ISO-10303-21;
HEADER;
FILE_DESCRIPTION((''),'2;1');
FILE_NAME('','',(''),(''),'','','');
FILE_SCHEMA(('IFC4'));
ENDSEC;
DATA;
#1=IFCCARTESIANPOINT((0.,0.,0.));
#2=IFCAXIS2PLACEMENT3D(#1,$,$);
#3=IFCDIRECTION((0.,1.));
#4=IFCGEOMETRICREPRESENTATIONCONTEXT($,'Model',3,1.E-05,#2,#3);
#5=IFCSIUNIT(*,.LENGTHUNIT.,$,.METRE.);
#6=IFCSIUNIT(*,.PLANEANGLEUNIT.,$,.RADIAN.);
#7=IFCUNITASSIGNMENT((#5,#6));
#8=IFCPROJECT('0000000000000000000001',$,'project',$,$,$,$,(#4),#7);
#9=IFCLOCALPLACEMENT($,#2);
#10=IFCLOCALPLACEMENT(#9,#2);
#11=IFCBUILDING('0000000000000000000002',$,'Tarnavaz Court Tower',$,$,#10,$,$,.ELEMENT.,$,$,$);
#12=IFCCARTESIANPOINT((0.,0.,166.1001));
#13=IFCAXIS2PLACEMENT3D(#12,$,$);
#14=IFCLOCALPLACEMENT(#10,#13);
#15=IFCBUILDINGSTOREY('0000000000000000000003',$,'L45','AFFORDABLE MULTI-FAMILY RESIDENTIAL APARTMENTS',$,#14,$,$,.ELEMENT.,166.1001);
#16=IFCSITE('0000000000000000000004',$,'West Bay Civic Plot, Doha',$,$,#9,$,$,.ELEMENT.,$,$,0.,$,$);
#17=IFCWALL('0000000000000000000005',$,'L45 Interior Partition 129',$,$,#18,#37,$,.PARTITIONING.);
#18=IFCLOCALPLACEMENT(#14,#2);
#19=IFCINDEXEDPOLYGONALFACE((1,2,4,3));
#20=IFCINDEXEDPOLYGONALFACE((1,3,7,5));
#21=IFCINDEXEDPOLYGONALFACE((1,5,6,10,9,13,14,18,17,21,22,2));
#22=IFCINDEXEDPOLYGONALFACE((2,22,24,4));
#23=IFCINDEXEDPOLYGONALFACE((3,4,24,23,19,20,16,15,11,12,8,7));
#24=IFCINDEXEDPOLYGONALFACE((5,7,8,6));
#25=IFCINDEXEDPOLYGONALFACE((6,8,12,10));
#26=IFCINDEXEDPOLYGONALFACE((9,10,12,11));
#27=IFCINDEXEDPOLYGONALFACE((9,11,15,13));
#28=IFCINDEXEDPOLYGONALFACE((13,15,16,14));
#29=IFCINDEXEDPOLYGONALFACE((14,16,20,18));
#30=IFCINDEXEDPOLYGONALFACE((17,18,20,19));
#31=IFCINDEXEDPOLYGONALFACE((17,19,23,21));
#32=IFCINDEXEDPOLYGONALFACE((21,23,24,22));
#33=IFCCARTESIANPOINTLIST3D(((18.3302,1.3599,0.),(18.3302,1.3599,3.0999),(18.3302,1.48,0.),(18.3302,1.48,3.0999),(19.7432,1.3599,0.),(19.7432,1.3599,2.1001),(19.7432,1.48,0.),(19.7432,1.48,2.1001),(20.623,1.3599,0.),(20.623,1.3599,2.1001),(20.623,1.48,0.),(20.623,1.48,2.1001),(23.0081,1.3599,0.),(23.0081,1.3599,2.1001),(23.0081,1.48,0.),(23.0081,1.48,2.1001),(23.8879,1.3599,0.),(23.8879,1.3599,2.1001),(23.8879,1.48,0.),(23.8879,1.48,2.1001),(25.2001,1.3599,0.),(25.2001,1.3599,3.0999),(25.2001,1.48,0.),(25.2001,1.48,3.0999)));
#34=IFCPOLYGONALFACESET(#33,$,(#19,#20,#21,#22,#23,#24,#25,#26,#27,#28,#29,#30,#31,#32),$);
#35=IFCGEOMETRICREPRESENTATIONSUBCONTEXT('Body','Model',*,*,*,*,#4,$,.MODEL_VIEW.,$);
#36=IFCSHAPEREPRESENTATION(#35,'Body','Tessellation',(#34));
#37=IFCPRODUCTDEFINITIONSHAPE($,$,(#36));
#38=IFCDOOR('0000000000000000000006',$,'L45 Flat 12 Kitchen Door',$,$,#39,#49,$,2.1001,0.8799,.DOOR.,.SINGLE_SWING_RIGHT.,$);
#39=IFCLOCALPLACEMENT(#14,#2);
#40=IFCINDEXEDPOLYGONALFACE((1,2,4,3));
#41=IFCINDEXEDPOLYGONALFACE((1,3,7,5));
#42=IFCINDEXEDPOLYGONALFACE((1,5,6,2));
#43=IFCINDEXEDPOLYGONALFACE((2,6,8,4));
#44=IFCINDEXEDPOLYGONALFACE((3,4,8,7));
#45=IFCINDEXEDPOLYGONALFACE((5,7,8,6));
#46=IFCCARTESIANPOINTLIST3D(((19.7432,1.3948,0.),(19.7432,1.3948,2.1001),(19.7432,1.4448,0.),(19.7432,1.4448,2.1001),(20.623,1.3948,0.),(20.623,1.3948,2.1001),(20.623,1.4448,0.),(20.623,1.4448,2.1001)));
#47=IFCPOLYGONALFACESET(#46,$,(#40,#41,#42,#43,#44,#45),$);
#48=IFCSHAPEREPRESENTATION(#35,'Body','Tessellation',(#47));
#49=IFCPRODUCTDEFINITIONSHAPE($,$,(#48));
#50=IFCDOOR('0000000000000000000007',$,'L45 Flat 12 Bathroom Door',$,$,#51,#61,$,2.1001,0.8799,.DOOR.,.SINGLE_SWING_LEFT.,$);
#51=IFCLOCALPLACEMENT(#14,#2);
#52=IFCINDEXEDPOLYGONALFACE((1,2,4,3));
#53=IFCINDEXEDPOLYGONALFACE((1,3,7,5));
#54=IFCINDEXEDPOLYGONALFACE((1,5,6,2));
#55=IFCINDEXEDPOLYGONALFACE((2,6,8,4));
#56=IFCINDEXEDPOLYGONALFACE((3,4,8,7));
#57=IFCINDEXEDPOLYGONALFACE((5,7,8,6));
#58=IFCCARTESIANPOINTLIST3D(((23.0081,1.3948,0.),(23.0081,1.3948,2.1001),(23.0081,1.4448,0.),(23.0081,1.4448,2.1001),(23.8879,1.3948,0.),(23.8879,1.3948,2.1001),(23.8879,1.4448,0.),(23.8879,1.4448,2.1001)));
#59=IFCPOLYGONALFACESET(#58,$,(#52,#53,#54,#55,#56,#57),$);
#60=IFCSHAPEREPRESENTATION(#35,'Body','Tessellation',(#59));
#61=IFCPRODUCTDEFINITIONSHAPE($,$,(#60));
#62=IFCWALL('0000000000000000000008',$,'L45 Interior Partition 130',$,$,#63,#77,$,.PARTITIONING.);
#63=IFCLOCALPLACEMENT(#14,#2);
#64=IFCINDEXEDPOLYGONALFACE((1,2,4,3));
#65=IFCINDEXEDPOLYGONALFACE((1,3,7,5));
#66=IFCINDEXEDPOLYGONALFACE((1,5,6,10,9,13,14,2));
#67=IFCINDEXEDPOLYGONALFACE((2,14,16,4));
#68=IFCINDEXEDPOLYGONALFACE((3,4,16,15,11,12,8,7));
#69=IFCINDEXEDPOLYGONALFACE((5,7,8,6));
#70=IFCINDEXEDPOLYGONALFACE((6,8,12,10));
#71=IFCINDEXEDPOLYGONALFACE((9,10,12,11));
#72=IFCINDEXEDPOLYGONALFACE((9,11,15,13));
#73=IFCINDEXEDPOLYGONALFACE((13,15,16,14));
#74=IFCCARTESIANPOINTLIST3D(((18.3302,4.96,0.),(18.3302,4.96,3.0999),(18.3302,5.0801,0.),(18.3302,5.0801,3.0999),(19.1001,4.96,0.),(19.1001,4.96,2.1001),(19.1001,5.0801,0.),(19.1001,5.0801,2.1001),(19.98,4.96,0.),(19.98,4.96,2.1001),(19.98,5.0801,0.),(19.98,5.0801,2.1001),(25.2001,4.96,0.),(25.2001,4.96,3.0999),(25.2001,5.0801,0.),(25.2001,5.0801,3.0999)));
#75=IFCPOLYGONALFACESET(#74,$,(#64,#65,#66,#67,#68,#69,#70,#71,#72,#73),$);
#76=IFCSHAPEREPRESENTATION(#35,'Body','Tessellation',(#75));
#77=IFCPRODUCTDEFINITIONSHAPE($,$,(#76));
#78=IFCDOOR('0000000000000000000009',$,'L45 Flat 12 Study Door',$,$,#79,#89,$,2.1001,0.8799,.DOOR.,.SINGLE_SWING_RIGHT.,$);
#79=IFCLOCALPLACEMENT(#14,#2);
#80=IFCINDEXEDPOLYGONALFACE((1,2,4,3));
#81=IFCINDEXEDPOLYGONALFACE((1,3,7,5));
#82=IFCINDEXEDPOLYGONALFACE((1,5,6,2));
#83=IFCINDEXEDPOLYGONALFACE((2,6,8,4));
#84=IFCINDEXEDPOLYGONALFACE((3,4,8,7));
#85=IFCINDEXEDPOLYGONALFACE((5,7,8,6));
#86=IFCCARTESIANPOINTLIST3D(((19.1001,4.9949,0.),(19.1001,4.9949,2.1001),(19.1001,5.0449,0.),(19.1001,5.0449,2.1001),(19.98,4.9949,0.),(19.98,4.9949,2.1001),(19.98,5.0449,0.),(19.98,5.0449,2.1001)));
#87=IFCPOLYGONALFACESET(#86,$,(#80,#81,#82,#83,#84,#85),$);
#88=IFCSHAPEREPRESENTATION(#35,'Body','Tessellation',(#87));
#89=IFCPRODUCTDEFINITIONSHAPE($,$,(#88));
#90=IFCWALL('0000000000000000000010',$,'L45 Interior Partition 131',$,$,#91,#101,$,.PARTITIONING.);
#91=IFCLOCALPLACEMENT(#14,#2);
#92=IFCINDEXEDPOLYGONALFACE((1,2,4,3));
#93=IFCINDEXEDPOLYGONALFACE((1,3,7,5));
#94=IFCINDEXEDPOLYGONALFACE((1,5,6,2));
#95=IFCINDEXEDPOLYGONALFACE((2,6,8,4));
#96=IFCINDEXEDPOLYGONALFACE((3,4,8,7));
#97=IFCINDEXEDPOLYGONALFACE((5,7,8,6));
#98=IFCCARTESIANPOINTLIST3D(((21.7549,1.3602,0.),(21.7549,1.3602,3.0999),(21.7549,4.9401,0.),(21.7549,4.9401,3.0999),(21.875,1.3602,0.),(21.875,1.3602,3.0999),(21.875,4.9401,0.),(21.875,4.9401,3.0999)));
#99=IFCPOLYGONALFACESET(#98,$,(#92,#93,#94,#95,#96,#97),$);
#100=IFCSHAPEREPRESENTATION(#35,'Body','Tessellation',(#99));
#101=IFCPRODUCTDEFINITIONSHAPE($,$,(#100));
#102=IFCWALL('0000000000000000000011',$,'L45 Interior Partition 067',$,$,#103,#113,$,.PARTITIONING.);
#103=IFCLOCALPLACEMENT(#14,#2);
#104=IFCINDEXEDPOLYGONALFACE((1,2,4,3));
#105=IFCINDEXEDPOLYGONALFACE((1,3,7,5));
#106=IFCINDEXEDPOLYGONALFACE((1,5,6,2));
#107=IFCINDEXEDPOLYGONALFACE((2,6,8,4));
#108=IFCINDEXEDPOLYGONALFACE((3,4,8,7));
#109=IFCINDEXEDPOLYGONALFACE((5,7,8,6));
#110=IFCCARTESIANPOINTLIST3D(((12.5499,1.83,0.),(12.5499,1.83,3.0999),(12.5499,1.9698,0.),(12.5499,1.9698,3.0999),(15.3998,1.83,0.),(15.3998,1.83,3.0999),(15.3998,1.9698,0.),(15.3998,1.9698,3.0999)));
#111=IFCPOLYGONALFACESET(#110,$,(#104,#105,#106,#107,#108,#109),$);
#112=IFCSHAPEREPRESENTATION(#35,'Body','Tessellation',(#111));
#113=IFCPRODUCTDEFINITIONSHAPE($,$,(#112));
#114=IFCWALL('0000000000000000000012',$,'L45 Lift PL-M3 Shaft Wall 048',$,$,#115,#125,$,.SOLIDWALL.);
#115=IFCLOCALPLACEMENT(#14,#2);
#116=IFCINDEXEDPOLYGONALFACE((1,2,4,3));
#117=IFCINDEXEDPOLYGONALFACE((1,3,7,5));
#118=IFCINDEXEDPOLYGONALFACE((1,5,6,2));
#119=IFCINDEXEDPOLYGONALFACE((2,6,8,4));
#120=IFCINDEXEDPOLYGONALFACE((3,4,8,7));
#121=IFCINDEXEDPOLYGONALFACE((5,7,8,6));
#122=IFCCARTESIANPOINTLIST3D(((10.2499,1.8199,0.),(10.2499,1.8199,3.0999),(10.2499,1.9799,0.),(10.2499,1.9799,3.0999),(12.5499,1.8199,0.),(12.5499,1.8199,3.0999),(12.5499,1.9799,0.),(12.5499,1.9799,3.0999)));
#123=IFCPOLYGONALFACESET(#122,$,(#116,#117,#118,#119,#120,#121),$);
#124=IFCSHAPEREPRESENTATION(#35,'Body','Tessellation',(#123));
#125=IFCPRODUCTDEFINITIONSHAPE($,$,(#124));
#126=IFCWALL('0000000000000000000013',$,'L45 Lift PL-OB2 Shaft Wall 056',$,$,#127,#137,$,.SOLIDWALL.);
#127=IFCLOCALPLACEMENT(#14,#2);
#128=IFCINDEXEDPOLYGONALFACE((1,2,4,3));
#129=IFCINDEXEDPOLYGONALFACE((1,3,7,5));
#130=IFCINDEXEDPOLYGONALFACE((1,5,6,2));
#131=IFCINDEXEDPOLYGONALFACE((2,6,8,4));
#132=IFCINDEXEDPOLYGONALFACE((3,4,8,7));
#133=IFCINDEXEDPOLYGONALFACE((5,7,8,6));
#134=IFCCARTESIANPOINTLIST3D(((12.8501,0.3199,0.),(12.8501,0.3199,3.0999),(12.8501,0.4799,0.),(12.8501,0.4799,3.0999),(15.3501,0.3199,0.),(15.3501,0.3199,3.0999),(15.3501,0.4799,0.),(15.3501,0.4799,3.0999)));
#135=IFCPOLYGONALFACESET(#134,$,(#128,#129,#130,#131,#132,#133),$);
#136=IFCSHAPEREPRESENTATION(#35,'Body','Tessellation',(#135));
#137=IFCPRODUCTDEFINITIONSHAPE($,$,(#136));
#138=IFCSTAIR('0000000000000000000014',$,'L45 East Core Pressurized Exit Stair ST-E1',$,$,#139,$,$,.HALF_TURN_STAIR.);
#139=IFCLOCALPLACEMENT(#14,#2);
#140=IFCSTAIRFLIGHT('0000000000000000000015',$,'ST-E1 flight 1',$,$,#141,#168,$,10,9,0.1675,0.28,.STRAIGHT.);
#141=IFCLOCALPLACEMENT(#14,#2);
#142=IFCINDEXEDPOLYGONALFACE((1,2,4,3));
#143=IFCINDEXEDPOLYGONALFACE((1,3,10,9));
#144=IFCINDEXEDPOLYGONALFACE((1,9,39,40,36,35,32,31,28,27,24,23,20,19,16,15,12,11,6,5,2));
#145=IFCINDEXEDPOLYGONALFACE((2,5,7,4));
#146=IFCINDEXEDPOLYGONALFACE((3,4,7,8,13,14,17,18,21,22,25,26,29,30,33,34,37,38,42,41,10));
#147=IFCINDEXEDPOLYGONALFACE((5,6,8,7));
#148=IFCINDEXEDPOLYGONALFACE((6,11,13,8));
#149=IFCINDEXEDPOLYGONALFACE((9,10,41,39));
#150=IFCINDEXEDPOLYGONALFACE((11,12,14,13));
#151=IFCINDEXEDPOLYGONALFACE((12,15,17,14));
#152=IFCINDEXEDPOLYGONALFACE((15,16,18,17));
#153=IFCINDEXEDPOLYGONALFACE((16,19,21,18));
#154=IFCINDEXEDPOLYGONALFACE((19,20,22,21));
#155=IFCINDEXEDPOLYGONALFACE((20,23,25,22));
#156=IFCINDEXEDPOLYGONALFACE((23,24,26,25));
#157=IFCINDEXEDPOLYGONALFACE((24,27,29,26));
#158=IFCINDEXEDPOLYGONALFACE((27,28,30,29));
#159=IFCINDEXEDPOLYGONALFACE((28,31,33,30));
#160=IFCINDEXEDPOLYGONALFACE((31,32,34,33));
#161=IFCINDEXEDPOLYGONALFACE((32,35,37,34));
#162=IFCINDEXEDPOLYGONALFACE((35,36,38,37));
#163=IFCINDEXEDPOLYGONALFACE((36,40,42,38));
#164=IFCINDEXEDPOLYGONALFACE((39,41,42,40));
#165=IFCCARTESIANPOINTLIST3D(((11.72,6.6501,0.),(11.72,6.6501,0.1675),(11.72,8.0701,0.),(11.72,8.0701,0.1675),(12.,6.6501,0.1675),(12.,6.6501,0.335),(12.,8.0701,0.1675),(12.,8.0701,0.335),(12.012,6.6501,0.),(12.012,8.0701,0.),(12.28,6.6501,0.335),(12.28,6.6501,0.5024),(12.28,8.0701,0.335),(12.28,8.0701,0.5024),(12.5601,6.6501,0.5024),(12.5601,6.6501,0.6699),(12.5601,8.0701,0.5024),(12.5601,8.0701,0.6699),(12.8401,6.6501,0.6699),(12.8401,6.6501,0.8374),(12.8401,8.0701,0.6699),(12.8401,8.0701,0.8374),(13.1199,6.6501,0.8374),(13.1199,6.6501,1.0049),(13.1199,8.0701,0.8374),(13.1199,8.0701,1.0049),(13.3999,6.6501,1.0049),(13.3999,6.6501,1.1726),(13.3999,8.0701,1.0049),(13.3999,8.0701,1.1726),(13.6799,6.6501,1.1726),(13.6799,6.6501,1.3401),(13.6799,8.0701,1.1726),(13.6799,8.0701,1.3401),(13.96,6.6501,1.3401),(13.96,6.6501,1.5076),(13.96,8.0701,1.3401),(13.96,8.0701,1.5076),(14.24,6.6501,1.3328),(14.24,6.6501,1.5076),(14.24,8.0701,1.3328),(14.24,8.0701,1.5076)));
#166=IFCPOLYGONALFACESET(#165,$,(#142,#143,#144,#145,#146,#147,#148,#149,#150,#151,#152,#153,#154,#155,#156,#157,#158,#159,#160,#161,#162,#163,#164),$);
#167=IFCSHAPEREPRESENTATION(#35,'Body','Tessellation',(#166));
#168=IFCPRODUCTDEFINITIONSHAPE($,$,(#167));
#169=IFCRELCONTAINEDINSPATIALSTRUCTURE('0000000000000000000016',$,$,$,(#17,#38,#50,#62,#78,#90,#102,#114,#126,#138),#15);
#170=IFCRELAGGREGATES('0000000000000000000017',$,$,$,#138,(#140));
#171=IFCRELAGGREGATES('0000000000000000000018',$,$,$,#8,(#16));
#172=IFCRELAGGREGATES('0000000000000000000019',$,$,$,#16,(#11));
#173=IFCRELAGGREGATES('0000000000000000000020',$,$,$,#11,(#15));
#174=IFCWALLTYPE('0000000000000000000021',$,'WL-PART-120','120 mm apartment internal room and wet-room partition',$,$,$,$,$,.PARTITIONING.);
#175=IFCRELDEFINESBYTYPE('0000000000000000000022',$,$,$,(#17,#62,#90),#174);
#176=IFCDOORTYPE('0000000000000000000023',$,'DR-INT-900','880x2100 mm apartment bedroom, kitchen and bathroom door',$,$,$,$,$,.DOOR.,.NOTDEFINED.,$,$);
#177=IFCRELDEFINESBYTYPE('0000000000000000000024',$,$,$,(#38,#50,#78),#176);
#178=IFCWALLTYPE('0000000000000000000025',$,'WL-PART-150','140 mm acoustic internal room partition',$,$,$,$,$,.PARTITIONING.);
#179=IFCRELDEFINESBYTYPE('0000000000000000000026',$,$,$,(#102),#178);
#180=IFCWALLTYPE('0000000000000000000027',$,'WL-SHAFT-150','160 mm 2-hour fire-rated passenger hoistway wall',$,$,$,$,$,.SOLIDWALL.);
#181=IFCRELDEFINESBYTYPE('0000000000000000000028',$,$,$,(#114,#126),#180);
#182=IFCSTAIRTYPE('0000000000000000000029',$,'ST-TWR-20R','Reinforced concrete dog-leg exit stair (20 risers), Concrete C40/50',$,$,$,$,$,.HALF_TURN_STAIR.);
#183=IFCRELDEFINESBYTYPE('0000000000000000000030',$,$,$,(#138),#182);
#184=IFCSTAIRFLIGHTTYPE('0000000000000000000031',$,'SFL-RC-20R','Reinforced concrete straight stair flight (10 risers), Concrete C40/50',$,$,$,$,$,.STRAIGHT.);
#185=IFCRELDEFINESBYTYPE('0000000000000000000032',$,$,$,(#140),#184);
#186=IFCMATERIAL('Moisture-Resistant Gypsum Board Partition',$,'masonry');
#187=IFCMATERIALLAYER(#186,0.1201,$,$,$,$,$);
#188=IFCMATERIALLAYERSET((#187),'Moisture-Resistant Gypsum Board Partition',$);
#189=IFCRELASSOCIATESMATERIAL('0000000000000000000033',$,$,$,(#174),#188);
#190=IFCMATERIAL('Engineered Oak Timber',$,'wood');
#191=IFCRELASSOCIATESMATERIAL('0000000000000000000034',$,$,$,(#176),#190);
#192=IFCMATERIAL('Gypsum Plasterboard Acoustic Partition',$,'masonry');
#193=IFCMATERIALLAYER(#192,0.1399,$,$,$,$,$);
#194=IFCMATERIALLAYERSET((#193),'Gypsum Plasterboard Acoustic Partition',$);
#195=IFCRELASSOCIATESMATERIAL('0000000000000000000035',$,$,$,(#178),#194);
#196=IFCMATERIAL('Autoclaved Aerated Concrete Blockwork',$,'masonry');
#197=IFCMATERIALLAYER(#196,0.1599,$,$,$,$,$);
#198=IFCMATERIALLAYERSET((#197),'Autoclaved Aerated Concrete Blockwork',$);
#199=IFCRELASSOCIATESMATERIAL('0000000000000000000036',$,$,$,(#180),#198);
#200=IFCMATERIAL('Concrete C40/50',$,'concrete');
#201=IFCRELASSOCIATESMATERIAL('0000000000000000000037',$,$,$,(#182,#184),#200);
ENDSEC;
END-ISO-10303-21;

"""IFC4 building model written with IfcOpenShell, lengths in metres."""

from ifc_helpers import new_model, si_unit, direction, frame, frame_2d, origin, place, context, subcontext, project, spatial, polyline, rectangle, outline, extrude, material, layer, layer_set, type_object, element, fill, aggregate, save


model = new_model("IFC4")

# Units and contexts
model_context = context("Model", 3, precision=1e-05, world=origin(), true_north=direction((0.0, 1.0)))
body_context = subcontext(model_context, "Body", "Model", "MODEL_VIEW")
ifc_project = project(units=[si_unit("LENGTHUNIT", "METRE"), si_unit("PLANEANGLEUNIT", "RADIAN")], contexts=[model_context])

# Site, building, storey
site_placement = place(None, origin())
site = spatial("IfcSite", under=ifc_project, at=site_placement, Name="West Bay Civic Plot, Doha", CompositionType="ELEMENT", RefElevation=0.0)
building_placement = place(site_placement, origin())
building = spatial("IfcBuilding", under=site, at=building_placement, Name="Tarnavaz Court Tower", CompositionType="ELEMENT")
storey_placement = place(building_placement, frame((0.0, 0.0, 166.1001)))
storey = spatial("IfcBuildingStorey", under=building, at=storey_placement, Name="L45", Description="AFFORDABLE MULTI-FAMILY RESIDENTIAL APARTMENTS", CompositionType="ELEMENT", Elevation=166.1001)

# Wall, openings, doors
ifc_material_1 = material(Name="Moisture-Resistant Gypsum Board Partition", Category="masonry")
ifc_layer_1 = layer(ifc_material_1, 0.1201)
ifc_layer_set_1 = layer_set([ifc_layer_1], Name="Moisture-Resistant Gypsum Board Partition")
wall_type_1 = type_object("IfcWallType", Name="WL-PART-120", Description="120 mm apartment internal room and wet-room partition", PredefinedType="PARTITIONING", material=ifc_layer_set_1)
wall_1_placement = place(storey_placement, frame((18.3301, 1.4199, 0.0), z_axis=(0.0, 0.0, 1.0), x_axis=(1.0, 0.0, 0.0)))
wall_1 = element("IfcWall", 1, at=wall_1_placement, inside=storey, type_object=wall_type_1, Name="L45 Interior Partition 129", PredefinedType="PARTITIONING", context=body_context, shape_type="SweptSolid", body=[
    extrude(rectangle(XDim=6.8699, YDim=0.1201, at=frame_2d((3.4351, 0.0))), origin(), (0.0, 0.0, 1.0), 3.0999),
])
opening_1_placement = place(wall_1_placement, frame((1.4131, 0.0, 0.0)))
opening_1 = element("IfcOpeningElement", 2, at=opening_1_placement, cuts=wall_1, PredefinedType="OPENING", context=body_context, shape_type="SweptSolid", body=[
    extrude(rectangle(XDim=0.8799, YDim=2.1001, at=frame_2d((0.4399, 1.05))), frame((0.0, 0.0701, 0.0), z_axis=(0.0, -1.0, 0.0), x_axis=(1.0, 0.0, 0.0)), (0.0, 0.0, 1.0), 0.1401),
])
opening_2_placement = place(wall_1_placement, frame((4.678, 0.0, 0.0)))
opening_2 = element("IfcOpeningElement", 3, at=opening_2_placement, cuts=wall_1, PredefinedType="OPENING", context=body_context, shape_type="SweptSolid", body=[
    extrude(rectangle(XDim=0.8799, YDim=2.1001, at=frame_2d((0.4399, 1.05))), frame((0.0, 0.0701, 0.0), z_axis=(0.0, -1.0, 0.0), x_axis=(1.0, 0.0, 0.0)), (0.0, 0.0, 1.0), 0.1401),
])
ifc_material_2 = material(Name="Engineered Oak Timber", Category="wood")
door_type_1 = type_object("IfcDoorType", Name="DR-INT-900", Description="880x2100 mm apartment bedroom, kitchen and bathroom door", OperationType="NOTDEFINED", PredefinedType="DOOR", material=ifc_material_2)
door_1_placement = place(opening_1_placement, origin())
door_1 = element("IfcDoor", 4, at=door_1_placement, inside=storey, type_object=door_type_1, Name="L45 Flat 12 Kitchen Door", OperationType="SINGLE_SWING_RIGHT", OverallHeight=2.1001, OverallWidth=0.8799, PredefinedType="DOOR", context=body_context, shape_type="SweptSolid", body=[
    extrude(rectangle(XDim=0.8799, YDim=2.1001, at=frame_2d((0.4399, 1.05))), frame((0.0, 0.0249, 0.0), z_axis=(0.0, -1.0, 0.0), x_axis=(1.0, 0.0, 0.0)), (0.0, 0.0, 1.0), 0.05),
])
fill(opening_1, door_1)
door_2_placement = place(opening_2_placement, origin())
door_2 = element("IfcDoor", 5, at=door_2_placement, inside=storey, type_object=door_type_1, Name="L45 Flat 12 Bathroom Door", OperationType="SINGLE_SWING_LEFT", OverallHeight=2.1001, OverallWidth=0.8799, PredefinedType="DOOR", context=body_context, shape_type="SweptSolid", body=[
    extrude(rectangle(XDim=0.8799, YDim=2.1001, at=frame_2d((0.4399, 1.05))), frame((0.0, 0.0249, 0.0), z_axis=(0.0, -1.0, 0.0), x_axis=(1.0, 0.0, 0.0)), (0.0, 0.0, 1.0), 0.05),
])
fill(opening_2, door_2)

# Wall, opening, door
wall_2_placement = place(storey_placement, frame((18.3301, 5.02, 0.0), z_axis=(0.0, 0.0, 1.0), x_axis=(1.0, 0.0, 0.0)))
wall_2 = element("IfcWall", 6, at=wall_2_placement, inside=storey, type_object=wall_type_1, Name="L45 Interior Partition 130", PredefinedType="PARTITIONING", context=body_context, shape_type="SweptSolid", body=[
    extrude(rectangle(XDim=6.8699, YDim=0.1201, at=frame_2d((3.4351, 0.0))), origin(), (0.0, 0.0, 1.0), 3.0999),
])
opening_3_placement = place(wall_2_placement, frame((0.77, 0.0, 0.0)))
opening_3 = element("IfcOpeningElement", 7, at=opening_3_placement, cuts=wall_2, PredefinedType="OPENING", context=body_context, shape_type="SweptSolid", body=[
    extrude(rectangle(XDim=0.8799, YDim=2.1001, at=frame_2d((0.4399, 1.05))), frame((0.0, 0.0701, 0.0), z_axis=(0.0, -1.0, 0.0), x_axis=(1.0, 0.0, 0.0)), (0.0, 0.0, 1.0), 0.1401),
])
door_3_placement = place(opening_3_placement, origin())
door_3 = element("IfcDoor", 8, at=door_3_placement, inside=storey, type_object=door_type_1, Name="L45 Flat 12 Study Door", OperationType="SINGLE_SWING_RIGHT", OverallHeight=2.1001, OverallWidth=0.8799, PredefinedType="DOOR", context=body_context, shape_type="SweptSolid", body=[
    extrude(rectangle(XDim=0.8799, YDim=2.1001, at=frame_2d((0.4399, 1.05))), frame((0.0, 0.0249, 0.0), z_axis=(0.0, -1.0, 0.0), x_axis=(1.0, 0.0, 0.0)), (0.0, 0.0, 1.0), 0.05),
])
fill(opening_3, door_3)

# Walls
wall_3_placement = place(storey_placement, frame((21.8149, 1.3601, 0.0), z_axis=(0.0, 0.0, 1.0), x_axis=(0.0, 1.0, 0.0)))
element("IfcWall", 9, at=wall_3_placement, inside=storey, type_object=wall_type_1, Name="L45 Interior Partition 131", PredefinedType="PARTITIONING", context=body_context, shape_type="SweptSolid", body=[
    extrude(rectangle(XDim=3.5798, YDim=0.1201, at=frame_2d((1.79, 0.0))), origin(), (0.0, 0.0, 1.0), 3.0999),
])
ifc_material_3 = material(Name="Gypsum Plasterboard Acoustic Partition", Category="masonry")
ifc_layer_2 = layer(ifc_material_3, 0.1399)
ifc_layer_set_2 = layer_set([ifc_layer_2], Name="Gypsum Plasterboard Acoustic Partition")
wall_type_2 = type_object("IfcWallType", Name="WL-PART-150", Description="140 mm acoustic internal room partition", PredefinedType="PARTITIONING", material=ifc_layer_set_2)
wall_4_placement = place(storey_placement, frame((12.55, 1.8999, 0.0), z_axis=(0.0, 0.0, 1.0), x_axis=(1.0, 0.0, 0.0)))
element("IfcWall", 10, at=wall_4_placement, inside=storey, type_object=wall_type_2, Name="L45 Interior Partition 067", PredefinedType="PARTITIONING", context=body_context, shape_type="SweptSolid", body=[
    extrude(rectangle(XDim=2.8499, YDim=0.1399, at=frame_2d((1.4248, 0.0))), origin(), (0.0, 0.0, 1.0), 3.0999),
])
ifc_material_4 = material(Name="Autoclaved Aerated Concrete Blockwork", Category="masonry")
ifc_layer_3 = layer(ifc_material_4, 0.1599)
ifc_layer_set_3 = layer_set([ifc_layer_3], Name="Autoclaved Aerated Concrete Blockwork")
wall_type_3 = type_object("IfcWallType", Name="WL-SHAFT-150", Description="160 mm 2-hour fire-rated passenger hoistway wall", PredefinedType="SOLIDWALL", material=ifc_layer_set_3)
wall_5_placement = place(storey_placement, frame((10.25, 1.8999, 0.0), z_axis=(0.0, 0.0, 1.0), x_axis=(1.0, 0.0, 0.0)))
element("IfcWall", 11, at=wall_5_placement, inside=storey, type_object=wall_type_3, Name="L45 Lift PL-M3 Shaft Wall 048", PredefinedType="SOLIDWALL", context=body_context, shape_type="SweptSolid", body=[
    extrude(rectangle(XDim=2.3, YDim=0.1599, at=frame_2d((1.1499, 0.0))), origin(), (0.0, 0.0, 1.0), 3.0999),
])
wall_6_placement = place(storey_placement, frame((12.8501, 0.3999, 0.0), z_axis=(0.0, 0.0, 1.0), x_axis=(1.0, 0.0, 0.0)))
element("IfcWall", 12, at=wall_6_placement, inside=storey, type_object=wall_type_3, Name="L45 Lift PL-OB2 Shaft Wall 056", PredefinedType="SOLIDWALL", context=body_context, shape_type="SweptSolid", body=[
    extrude(rectangle(XDim=2.5, YDim=0.1599, at=frame_2d((1.25, 0.0))), origin(), (0.0, 0.0, 1.0), 3.0999),
])

# Stair, stair flight
ifc_material_5 = material(Name="Concrete C40/50", Category="concrete")
stair_type = type_object("IfcStairType", Name="ST-TWR-20R", Description="Reinforced concrete dog-leg exit stair (20 risers), Concrete C40/50", PredefinedType="HALF_TURN_STAIR", material=ifc_material_5)
stair_placement = place(storey_placement, origin())
stair = element("IfcStair", 13, at=stair_placement, inside=storey, type_object=stair_type, Name="L45 East Core Pressurized Exit Stair ST-E1", PredefinedType="HALF_TURN_STAIR")
stair_flight_type = type_object("IfcStairFlightType", Name="SFL-RC-20R", Description="Reinforced concrete straight stair flight (10 risers), Concrete C40/50", PredefinedType="STRAIGHT", material=ifc_material_5)
stair_flight_placement = place(storey_placement, frame((11.72, 7.3601, 0.0), z_axis=(0.0, 0.0, 1.0), x_axis=(1.0, 0.0, 0.0)))
stair_flight = element("IfcStairFlight", 14, at=stair_flight_placement, type_object=stair_flight_type, Name="ST-E1 flight 1", NumberOfRisers=10, NumberOfTreads=9, PredefinedType="STRAIGHT", RiserHeight=0.1675, TreadLength=0.28, context=body_context, shape_type="SweptSolid", body=[
    extrude(outline(polyline([(0.0, 0.0), (0.0, 0.1675), (0.28, 0.1675), (0.28, 0.335), (0.5601, 0.335), (0.5601, 0.5024), (0.8401, 0.5024), (0.8401, 0.6699), (1.1201, 0.6699), (1.1201, 0.8374), (1.3999, 0.8374), (1.3999, 1.0049), (1.6799, 1.0049), (1.6799, 1.1726), (1.96, 1.1726), (1.96, 1.3401), (2.24, 1.3401), (2.24, 1.5076), (2.52, 1.5076), (2.52, 1.675), (2.52, 1.3328), (0.292, 0.0), (0.0, 0.0)])), frame((0.0, 0.71, 0.0), z_axis=(0.0, -1.0, 0.0), x_axis=(1.0, 0.0, 0.0)), (0.0, 0.0, 1.0), 1.4199),
])
aggregate(stair, [stair_flight])

save(model, "model.ifc")
